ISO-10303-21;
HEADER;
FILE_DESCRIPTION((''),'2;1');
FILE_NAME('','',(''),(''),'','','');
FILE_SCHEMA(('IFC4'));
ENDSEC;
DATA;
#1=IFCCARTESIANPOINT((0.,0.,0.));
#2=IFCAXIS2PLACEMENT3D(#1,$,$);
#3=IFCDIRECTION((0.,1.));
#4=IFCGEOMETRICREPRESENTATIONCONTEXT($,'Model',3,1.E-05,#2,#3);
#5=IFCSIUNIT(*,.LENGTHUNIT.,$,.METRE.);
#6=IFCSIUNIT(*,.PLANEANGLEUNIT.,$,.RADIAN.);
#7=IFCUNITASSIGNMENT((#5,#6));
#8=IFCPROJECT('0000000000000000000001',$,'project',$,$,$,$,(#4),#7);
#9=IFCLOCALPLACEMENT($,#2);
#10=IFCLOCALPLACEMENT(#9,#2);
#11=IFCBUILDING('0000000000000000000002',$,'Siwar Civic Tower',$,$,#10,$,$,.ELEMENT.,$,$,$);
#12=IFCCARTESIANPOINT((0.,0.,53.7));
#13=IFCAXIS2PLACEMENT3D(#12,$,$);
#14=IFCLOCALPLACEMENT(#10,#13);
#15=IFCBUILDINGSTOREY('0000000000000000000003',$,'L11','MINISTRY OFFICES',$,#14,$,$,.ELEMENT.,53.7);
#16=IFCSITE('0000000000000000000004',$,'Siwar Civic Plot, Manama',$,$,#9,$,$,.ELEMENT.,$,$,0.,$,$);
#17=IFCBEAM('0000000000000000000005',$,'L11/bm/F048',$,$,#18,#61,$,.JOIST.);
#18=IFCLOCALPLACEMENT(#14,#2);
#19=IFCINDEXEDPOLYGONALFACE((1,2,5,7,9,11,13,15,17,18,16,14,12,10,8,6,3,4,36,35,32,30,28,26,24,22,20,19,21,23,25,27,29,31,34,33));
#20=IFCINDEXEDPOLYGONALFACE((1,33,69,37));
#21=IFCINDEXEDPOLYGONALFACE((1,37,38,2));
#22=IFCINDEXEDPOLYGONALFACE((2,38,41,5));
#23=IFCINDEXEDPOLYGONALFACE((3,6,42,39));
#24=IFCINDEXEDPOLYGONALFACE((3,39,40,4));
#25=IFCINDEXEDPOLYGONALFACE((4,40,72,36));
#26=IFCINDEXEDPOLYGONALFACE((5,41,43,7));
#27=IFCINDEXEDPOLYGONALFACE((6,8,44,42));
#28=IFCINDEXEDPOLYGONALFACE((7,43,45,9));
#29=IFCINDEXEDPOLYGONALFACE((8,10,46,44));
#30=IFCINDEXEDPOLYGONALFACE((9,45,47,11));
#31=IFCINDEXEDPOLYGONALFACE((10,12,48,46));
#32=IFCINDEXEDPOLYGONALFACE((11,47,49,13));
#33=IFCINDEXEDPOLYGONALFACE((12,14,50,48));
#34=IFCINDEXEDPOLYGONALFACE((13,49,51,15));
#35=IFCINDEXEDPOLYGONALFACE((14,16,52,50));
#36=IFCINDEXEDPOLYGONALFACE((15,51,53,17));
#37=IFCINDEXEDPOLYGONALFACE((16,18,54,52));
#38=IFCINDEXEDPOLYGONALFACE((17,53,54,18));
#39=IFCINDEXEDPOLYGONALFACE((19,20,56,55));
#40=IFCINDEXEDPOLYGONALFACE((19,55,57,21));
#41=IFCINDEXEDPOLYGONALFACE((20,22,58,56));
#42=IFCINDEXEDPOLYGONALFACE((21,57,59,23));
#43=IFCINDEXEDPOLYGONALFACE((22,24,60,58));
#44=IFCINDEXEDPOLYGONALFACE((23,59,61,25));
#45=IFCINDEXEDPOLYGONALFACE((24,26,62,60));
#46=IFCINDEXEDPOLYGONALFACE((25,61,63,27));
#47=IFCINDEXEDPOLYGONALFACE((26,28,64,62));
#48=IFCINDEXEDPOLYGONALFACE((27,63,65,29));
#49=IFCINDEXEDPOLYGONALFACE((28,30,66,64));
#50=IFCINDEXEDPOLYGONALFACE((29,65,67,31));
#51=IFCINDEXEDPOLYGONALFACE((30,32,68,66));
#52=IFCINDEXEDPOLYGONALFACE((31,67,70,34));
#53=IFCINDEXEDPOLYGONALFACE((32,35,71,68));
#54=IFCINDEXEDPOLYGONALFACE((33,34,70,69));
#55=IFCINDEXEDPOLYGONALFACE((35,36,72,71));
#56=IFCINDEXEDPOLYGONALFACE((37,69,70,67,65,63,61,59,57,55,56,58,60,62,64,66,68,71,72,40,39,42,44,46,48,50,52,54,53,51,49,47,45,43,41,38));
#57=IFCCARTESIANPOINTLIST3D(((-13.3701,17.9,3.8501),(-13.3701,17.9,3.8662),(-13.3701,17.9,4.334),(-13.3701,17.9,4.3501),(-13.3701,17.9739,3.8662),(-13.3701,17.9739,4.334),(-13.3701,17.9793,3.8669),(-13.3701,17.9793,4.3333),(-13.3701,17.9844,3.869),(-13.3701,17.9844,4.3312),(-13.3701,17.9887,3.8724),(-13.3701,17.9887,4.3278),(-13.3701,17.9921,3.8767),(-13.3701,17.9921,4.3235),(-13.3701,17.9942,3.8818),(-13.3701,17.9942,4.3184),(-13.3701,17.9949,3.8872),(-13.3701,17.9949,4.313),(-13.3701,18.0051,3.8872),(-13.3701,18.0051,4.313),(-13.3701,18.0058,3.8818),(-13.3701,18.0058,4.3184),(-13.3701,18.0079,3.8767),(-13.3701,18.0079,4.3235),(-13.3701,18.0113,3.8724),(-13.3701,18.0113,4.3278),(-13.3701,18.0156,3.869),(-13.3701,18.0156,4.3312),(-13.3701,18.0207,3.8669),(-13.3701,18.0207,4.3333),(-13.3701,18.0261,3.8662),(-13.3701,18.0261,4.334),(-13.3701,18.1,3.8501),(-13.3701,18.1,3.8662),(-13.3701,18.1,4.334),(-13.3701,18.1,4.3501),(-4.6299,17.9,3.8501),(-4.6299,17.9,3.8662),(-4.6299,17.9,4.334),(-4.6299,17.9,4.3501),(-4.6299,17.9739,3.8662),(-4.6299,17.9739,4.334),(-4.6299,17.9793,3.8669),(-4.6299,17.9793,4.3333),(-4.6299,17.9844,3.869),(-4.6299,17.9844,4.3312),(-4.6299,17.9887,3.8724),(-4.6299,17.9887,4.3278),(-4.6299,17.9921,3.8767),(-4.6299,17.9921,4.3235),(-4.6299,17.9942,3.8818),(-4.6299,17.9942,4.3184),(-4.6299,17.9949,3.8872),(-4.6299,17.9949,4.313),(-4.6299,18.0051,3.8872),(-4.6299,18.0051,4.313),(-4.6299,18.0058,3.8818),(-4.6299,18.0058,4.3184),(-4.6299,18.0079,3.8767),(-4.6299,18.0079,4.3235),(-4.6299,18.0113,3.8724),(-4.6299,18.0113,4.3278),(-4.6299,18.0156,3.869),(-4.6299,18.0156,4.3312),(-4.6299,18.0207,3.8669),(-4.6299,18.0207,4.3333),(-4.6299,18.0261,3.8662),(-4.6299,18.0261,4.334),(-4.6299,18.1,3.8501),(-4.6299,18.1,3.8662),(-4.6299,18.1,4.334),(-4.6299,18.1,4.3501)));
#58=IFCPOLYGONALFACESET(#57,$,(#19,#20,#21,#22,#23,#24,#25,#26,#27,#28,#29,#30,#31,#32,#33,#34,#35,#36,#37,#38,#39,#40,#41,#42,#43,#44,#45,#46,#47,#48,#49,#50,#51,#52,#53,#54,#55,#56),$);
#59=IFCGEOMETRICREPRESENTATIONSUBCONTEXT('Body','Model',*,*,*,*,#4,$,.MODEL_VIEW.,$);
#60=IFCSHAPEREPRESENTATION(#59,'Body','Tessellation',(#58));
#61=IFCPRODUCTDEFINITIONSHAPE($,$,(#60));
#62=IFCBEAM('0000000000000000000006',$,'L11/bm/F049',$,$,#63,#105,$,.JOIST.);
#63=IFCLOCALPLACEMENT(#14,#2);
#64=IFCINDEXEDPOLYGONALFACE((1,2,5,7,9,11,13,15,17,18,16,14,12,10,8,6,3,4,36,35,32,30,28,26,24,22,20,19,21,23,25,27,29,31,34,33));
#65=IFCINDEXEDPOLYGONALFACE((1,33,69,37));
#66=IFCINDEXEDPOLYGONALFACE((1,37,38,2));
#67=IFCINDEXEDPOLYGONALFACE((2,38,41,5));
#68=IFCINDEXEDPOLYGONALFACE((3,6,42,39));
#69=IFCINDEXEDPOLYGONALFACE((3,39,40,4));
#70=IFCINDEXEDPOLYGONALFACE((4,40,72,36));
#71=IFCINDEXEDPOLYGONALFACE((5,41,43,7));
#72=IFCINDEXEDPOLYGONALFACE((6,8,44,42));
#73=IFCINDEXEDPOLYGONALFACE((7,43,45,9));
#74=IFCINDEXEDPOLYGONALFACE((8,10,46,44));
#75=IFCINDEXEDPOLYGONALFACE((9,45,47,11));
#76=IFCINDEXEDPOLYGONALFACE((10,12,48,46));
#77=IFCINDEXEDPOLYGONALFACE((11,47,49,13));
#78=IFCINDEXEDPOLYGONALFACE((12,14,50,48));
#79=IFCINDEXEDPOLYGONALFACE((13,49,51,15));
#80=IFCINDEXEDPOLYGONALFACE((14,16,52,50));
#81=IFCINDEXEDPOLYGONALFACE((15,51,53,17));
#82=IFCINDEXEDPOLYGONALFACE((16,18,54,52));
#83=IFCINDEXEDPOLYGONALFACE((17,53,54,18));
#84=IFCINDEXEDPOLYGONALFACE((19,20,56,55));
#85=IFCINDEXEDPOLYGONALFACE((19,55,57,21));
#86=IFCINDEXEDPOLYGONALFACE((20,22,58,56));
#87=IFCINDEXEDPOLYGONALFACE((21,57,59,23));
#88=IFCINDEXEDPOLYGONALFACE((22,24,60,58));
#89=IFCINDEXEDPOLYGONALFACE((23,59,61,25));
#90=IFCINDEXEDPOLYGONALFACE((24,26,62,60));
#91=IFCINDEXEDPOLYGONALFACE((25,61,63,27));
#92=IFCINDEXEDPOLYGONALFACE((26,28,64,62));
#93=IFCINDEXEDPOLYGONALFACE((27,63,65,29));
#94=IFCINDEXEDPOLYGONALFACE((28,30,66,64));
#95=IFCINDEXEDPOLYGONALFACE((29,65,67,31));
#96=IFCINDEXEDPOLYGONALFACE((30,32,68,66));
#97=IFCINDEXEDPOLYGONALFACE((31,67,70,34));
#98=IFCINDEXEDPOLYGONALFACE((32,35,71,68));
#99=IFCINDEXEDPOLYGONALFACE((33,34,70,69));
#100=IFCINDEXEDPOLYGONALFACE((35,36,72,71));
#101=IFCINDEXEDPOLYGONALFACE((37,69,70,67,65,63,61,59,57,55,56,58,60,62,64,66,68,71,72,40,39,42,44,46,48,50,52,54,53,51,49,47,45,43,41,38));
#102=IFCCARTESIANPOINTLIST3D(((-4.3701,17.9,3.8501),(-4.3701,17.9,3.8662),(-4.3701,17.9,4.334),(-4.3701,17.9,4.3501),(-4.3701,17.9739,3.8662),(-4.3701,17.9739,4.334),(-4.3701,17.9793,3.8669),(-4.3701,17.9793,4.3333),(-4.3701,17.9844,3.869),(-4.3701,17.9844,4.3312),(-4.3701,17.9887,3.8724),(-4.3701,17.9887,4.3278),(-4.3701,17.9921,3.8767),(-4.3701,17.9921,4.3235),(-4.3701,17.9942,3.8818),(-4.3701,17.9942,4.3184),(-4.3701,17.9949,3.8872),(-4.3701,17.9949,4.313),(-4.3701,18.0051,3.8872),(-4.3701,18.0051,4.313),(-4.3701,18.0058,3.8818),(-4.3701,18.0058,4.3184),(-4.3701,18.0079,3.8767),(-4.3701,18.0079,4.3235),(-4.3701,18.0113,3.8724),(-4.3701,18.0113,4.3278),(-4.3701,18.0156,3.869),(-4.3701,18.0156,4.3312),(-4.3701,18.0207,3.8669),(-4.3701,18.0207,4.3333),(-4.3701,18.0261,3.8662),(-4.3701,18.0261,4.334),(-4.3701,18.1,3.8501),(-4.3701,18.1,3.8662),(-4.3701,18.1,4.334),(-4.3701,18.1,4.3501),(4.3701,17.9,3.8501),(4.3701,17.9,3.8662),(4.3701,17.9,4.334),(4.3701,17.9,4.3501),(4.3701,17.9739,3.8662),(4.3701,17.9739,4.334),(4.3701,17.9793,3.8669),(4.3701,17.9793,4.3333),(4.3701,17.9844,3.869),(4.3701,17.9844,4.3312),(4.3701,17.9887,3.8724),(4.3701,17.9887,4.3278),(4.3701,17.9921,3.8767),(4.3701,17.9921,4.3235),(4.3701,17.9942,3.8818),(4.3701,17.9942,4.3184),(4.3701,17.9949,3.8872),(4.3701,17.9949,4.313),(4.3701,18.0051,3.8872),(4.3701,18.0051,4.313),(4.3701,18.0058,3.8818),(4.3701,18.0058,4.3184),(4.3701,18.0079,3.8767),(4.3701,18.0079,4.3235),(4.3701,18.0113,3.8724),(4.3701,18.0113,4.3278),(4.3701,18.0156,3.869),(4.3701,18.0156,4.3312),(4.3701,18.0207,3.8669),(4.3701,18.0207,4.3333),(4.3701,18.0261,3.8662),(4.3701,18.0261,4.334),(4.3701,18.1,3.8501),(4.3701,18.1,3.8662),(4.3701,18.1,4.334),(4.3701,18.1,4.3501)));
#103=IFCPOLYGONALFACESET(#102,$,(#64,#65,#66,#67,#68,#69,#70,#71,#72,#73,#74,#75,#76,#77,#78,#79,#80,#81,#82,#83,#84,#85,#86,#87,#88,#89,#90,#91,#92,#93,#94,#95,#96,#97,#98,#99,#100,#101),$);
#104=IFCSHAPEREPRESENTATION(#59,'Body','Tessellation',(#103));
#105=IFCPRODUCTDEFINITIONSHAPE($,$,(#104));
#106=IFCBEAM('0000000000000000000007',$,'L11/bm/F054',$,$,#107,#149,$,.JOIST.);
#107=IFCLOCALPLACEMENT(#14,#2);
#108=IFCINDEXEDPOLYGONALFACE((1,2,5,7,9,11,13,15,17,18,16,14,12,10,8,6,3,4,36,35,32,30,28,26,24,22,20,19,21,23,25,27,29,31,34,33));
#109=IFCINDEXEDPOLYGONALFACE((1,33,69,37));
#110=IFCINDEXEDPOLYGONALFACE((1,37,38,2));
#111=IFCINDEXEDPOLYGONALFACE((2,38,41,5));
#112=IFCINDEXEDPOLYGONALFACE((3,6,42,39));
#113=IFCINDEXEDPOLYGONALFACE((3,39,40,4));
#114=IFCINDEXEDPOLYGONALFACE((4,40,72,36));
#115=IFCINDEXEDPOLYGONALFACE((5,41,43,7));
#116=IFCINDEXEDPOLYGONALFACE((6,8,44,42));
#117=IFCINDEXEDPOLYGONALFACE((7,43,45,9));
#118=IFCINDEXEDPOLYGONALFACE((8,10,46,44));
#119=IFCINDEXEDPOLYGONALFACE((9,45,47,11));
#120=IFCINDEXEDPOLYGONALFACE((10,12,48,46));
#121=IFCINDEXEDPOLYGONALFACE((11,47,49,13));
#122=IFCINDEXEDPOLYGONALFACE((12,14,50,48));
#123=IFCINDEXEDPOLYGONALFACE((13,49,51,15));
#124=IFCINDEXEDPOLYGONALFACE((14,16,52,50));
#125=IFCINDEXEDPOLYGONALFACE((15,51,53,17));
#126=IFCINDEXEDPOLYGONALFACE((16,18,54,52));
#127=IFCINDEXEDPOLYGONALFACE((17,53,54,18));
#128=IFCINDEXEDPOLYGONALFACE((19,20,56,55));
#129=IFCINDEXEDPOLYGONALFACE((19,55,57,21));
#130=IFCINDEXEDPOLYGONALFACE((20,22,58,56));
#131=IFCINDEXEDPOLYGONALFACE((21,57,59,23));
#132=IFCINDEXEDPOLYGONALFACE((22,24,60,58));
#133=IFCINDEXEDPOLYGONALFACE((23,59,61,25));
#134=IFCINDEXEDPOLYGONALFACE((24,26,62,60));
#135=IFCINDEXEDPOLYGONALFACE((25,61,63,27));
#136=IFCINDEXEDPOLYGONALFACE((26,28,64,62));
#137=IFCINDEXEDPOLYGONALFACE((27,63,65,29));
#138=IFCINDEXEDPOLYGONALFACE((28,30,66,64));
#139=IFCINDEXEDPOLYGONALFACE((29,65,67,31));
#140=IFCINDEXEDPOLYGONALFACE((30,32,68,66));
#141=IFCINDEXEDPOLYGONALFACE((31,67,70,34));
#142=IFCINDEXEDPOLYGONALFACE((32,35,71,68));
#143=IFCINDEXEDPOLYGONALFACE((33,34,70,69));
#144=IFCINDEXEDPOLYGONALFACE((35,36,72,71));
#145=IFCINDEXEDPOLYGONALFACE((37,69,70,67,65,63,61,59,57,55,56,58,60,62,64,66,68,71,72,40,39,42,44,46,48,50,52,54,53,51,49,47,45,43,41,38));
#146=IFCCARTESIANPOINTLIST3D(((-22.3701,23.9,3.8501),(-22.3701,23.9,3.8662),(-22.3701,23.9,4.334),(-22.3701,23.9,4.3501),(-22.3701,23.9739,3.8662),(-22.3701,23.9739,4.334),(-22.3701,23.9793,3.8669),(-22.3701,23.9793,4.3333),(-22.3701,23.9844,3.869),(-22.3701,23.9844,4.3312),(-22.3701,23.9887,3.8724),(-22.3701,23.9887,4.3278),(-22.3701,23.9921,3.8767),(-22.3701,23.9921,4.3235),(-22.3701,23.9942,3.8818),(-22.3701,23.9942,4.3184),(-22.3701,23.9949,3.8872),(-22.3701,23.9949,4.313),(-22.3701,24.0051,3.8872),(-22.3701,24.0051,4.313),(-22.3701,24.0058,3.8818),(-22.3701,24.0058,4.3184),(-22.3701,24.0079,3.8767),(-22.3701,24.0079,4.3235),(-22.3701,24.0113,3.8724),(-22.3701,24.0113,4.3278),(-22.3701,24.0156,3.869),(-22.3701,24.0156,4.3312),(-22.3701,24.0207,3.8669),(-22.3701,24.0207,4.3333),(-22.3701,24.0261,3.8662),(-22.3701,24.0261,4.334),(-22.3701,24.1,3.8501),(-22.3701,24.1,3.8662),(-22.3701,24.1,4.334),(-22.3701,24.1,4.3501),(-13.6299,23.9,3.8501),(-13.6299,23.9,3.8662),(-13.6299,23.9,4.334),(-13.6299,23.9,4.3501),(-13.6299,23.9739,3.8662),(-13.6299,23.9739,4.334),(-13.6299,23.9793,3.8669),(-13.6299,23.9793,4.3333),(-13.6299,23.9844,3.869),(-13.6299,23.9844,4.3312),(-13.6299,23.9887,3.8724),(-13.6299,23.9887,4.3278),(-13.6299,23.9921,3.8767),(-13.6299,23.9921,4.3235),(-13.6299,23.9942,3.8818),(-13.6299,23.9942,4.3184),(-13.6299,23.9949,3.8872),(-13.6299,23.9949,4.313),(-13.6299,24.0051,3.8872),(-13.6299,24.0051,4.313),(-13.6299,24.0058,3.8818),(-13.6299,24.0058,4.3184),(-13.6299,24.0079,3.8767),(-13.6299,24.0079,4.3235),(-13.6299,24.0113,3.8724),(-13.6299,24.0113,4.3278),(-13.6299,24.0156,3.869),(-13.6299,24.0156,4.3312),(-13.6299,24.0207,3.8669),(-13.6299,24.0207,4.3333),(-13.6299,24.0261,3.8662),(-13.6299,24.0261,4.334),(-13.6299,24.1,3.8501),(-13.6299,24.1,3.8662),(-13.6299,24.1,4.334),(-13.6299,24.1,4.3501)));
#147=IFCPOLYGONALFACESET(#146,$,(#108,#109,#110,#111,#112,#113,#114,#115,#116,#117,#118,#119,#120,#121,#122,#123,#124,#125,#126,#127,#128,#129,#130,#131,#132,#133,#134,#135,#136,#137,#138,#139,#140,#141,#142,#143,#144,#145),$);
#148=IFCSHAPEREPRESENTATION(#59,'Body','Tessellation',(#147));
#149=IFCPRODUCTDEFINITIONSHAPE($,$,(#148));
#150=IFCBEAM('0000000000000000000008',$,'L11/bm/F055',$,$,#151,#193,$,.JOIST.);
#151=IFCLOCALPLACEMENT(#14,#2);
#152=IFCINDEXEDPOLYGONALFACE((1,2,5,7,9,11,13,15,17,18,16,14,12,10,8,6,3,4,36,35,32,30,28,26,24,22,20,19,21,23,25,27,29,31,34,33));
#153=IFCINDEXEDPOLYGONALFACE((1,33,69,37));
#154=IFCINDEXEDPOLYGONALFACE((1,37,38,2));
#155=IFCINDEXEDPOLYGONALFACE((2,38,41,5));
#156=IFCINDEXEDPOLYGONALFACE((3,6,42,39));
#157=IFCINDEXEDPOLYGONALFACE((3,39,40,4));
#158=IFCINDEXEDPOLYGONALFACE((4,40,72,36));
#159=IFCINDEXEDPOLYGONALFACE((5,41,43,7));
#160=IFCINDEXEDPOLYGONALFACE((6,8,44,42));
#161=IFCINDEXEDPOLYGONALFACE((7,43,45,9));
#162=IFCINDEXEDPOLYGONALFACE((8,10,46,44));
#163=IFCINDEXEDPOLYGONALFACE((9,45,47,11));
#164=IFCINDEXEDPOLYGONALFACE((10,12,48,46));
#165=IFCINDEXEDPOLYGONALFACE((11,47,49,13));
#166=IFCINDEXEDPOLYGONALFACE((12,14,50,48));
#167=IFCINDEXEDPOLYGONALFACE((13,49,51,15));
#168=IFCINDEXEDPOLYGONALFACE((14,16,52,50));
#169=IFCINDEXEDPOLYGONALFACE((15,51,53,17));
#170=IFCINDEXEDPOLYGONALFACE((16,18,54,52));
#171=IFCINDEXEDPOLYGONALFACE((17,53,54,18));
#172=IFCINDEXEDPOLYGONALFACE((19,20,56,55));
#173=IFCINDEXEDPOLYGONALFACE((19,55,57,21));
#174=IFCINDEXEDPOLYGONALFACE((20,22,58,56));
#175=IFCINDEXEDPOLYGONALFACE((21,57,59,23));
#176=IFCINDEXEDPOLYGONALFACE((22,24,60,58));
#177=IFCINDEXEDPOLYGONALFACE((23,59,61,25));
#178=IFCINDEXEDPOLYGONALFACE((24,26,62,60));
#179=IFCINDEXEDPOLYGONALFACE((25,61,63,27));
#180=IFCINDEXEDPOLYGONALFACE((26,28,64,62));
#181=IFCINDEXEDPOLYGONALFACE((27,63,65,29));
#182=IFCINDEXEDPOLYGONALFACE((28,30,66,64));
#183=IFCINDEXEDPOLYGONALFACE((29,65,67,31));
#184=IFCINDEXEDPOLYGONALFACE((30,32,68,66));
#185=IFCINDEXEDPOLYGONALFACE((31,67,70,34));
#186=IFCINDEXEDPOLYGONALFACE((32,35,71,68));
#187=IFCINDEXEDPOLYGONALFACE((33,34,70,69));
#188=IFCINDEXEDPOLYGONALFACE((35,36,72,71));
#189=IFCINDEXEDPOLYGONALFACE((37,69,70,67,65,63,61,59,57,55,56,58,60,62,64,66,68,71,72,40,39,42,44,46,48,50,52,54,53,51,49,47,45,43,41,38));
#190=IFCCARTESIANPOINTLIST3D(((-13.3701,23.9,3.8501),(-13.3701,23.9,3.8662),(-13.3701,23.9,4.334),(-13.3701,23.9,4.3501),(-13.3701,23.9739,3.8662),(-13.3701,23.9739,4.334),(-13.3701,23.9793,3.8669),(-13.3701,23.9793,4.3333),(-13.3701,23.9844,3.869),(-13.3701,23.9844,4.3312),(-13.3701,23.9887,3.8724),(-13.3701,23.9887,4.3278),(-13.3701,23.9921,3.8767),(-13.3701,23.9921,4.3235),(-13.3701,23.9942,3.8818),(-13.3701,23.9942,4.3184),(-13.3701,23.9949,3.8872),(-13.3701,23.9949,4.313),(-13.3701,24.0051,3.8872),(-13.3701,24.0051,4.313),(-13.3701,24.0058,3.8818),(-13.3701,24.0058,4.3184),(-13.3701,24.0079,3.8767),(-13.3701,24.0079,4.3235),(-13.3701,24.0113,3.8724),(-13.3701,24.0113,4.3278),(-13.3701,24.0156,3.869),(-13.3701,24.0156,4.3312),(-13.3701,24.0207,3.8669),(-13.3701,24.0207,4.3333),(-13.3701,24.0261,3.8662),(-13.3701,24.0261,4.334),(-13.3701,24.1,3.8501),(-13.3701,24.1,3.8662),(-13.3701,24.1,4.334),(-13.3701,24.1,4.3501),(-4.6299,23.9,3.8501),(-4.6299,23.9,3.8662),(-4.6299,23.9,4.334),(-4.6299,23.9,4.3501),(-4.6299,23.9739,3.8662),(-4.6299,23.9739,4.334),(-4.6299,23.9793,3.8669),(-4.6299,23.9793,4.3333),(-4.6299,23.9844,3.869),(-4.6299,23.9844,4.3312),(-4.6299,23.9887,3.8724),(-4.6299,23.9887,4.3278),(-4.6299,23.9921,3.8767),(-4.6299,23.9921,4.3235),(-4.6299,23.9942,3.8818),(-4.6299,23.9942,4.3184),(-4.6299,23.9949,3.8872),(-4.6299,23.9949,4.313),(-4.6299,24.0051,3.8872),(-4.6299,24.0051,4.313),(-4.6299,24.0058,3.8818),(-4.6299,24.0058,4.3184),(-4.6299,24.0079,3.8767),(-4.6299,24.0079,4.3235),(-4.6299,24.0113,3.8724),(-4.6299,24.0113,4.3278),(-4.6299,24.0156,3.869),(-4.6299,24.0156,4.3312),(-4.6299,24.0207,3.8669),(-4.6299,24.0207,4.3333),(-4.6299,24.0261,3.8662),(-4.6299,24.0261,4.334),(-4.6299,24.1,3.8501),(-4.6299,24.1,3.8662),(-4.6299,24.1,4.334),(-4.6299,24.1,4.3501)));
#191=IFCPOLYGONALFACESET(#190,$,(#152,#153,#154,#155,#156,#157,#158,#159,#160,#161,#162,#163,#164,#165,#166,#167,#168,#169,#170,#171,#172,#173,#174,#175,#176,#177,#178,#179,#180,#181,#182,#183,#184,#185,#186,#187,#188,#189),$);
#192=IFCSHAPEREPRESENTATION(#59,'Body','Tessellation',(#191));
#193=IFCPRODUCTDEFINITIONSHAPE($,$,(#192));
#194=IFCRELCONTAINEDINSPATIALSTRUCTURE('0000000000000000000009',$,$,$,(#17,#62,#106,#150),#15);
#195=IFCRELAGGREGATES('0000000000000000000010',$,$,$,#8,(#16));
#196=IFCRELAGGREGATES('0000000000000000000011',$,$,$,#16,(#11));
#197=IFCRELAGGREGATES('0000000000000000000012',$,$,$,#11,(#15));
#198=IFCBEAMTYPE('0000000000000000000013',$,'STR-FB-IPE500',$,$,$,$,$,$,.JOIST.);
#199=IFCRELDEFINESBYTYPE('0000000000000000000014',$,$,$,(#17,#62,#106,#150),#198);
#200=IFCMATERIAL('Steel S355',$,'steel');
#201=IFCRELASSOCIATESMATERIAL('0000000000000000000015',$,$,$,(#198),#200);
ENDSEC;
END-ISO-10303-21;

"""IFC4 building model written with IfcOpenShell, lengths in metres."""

from ifc_helpers import new_model, si_unit, direction, frame, origin, origin_2d, place, context, subcontext, project, spatial, i_section, extrude, material, material_profile, profile_set, type_object, element, save


model = new_model("IFC4")

# Units and contexts
model_context = context("Model", 3, precision=1e-05, world=origin(), true_north=direction((0.0, 1.0)))
body_context = subcontext(model_context, "Body", "Model", "MODEL_VIEW")
ifc_project = project(units=[si_unit("LENGTHUNIT", "METRE"), si_unit("PLANEANGLEUNIT", "RADIAN")], contexts=[model_context])

# Site, building, storey
site_placement = place(None, origin())
site = spatial("IfcSite", under=ifc_project, at=site_placement, Name="Siwar Civic Plot, Manama", CompositionType="ELEMENT", RefElevation=0.0)
building_placement = place(site_placement, origin())
building = spatial("IfcBuilding", under=site, at=building_placement, Name="Siwar Civic Tower", CompositionType="ELEMENT")
storey_placement = place(building_placement, frame((0.0, 0.0, 53.7)))
storey = spatial("IfcBuildingStorey", under=building, at=storey_placement, Name="L11", Description="MINISTRY OFFICES", CompositionType="ELEMENT", Elevation=53.7)

# Beams
ifc_material_1 = material(Name="Steel S355", Category="steel")
ifc_material_profile_1 = material_profile(ifc_material_1, i_section(OverallWidth=0.2, OverallDepth=0.5, WebThickness=0.0103, FlangeThickness=0.0161, FilletRadius=0.021, at=origin_2d()), Name="IPE500")
ifc_profile_set_1 = profile_set([ifc_material_profile_1], Name="Steel S355")
beam_type_1 = type_object("IfcBeamType", Name="STR-FB-IPE500", PredefinedType="JOIST", material=ifc_profile_set_1)
for number, where, z_axis, x_axis, name in (
    (1, (-13.3701, 18.0, 4.1001), (1.0, 0.0, 0.0), (0.0, 1.0, 0.0), "L11/bm/F048"),
    (2, (-4.3701, 18.0, 4.1001), (1.0, 0.0, 0.0), (0.0, 1.0, 0.0), "L11/bm/F049"),
    (3, (-22.3701, 24.0, 4.1001), (1.0, 0.0, 0.0), (0.0, 1.0, 0.0), "L11/bm/F054"),
    (4, (-13.3701, 24.0, 4.1001), (1.0, 0.0, 0.0), (0.0, 1.0, 0.0), "L11/bm/F055"),
):
    element("IfcBeam", number, at=place(storey_placement, frame(where, z_axis=z_axis, x_axis=x_axis)), inside=storey, type_object=beam_type_1, Name=name, PredefinedType="JOIST", context=body_context, shape_type="SweptSolid", body=[
        extrude(i_section(OverallWidth=0.2, OverallDepth=0.5, WebThickness=0.0103, FlangeThickness=0.0161, FilletRadius=0.021, at=origin_2d()), origin(), (0.0, 0.0, 1.0), 8.7402),
    ])

save(model, "model.ifc")
